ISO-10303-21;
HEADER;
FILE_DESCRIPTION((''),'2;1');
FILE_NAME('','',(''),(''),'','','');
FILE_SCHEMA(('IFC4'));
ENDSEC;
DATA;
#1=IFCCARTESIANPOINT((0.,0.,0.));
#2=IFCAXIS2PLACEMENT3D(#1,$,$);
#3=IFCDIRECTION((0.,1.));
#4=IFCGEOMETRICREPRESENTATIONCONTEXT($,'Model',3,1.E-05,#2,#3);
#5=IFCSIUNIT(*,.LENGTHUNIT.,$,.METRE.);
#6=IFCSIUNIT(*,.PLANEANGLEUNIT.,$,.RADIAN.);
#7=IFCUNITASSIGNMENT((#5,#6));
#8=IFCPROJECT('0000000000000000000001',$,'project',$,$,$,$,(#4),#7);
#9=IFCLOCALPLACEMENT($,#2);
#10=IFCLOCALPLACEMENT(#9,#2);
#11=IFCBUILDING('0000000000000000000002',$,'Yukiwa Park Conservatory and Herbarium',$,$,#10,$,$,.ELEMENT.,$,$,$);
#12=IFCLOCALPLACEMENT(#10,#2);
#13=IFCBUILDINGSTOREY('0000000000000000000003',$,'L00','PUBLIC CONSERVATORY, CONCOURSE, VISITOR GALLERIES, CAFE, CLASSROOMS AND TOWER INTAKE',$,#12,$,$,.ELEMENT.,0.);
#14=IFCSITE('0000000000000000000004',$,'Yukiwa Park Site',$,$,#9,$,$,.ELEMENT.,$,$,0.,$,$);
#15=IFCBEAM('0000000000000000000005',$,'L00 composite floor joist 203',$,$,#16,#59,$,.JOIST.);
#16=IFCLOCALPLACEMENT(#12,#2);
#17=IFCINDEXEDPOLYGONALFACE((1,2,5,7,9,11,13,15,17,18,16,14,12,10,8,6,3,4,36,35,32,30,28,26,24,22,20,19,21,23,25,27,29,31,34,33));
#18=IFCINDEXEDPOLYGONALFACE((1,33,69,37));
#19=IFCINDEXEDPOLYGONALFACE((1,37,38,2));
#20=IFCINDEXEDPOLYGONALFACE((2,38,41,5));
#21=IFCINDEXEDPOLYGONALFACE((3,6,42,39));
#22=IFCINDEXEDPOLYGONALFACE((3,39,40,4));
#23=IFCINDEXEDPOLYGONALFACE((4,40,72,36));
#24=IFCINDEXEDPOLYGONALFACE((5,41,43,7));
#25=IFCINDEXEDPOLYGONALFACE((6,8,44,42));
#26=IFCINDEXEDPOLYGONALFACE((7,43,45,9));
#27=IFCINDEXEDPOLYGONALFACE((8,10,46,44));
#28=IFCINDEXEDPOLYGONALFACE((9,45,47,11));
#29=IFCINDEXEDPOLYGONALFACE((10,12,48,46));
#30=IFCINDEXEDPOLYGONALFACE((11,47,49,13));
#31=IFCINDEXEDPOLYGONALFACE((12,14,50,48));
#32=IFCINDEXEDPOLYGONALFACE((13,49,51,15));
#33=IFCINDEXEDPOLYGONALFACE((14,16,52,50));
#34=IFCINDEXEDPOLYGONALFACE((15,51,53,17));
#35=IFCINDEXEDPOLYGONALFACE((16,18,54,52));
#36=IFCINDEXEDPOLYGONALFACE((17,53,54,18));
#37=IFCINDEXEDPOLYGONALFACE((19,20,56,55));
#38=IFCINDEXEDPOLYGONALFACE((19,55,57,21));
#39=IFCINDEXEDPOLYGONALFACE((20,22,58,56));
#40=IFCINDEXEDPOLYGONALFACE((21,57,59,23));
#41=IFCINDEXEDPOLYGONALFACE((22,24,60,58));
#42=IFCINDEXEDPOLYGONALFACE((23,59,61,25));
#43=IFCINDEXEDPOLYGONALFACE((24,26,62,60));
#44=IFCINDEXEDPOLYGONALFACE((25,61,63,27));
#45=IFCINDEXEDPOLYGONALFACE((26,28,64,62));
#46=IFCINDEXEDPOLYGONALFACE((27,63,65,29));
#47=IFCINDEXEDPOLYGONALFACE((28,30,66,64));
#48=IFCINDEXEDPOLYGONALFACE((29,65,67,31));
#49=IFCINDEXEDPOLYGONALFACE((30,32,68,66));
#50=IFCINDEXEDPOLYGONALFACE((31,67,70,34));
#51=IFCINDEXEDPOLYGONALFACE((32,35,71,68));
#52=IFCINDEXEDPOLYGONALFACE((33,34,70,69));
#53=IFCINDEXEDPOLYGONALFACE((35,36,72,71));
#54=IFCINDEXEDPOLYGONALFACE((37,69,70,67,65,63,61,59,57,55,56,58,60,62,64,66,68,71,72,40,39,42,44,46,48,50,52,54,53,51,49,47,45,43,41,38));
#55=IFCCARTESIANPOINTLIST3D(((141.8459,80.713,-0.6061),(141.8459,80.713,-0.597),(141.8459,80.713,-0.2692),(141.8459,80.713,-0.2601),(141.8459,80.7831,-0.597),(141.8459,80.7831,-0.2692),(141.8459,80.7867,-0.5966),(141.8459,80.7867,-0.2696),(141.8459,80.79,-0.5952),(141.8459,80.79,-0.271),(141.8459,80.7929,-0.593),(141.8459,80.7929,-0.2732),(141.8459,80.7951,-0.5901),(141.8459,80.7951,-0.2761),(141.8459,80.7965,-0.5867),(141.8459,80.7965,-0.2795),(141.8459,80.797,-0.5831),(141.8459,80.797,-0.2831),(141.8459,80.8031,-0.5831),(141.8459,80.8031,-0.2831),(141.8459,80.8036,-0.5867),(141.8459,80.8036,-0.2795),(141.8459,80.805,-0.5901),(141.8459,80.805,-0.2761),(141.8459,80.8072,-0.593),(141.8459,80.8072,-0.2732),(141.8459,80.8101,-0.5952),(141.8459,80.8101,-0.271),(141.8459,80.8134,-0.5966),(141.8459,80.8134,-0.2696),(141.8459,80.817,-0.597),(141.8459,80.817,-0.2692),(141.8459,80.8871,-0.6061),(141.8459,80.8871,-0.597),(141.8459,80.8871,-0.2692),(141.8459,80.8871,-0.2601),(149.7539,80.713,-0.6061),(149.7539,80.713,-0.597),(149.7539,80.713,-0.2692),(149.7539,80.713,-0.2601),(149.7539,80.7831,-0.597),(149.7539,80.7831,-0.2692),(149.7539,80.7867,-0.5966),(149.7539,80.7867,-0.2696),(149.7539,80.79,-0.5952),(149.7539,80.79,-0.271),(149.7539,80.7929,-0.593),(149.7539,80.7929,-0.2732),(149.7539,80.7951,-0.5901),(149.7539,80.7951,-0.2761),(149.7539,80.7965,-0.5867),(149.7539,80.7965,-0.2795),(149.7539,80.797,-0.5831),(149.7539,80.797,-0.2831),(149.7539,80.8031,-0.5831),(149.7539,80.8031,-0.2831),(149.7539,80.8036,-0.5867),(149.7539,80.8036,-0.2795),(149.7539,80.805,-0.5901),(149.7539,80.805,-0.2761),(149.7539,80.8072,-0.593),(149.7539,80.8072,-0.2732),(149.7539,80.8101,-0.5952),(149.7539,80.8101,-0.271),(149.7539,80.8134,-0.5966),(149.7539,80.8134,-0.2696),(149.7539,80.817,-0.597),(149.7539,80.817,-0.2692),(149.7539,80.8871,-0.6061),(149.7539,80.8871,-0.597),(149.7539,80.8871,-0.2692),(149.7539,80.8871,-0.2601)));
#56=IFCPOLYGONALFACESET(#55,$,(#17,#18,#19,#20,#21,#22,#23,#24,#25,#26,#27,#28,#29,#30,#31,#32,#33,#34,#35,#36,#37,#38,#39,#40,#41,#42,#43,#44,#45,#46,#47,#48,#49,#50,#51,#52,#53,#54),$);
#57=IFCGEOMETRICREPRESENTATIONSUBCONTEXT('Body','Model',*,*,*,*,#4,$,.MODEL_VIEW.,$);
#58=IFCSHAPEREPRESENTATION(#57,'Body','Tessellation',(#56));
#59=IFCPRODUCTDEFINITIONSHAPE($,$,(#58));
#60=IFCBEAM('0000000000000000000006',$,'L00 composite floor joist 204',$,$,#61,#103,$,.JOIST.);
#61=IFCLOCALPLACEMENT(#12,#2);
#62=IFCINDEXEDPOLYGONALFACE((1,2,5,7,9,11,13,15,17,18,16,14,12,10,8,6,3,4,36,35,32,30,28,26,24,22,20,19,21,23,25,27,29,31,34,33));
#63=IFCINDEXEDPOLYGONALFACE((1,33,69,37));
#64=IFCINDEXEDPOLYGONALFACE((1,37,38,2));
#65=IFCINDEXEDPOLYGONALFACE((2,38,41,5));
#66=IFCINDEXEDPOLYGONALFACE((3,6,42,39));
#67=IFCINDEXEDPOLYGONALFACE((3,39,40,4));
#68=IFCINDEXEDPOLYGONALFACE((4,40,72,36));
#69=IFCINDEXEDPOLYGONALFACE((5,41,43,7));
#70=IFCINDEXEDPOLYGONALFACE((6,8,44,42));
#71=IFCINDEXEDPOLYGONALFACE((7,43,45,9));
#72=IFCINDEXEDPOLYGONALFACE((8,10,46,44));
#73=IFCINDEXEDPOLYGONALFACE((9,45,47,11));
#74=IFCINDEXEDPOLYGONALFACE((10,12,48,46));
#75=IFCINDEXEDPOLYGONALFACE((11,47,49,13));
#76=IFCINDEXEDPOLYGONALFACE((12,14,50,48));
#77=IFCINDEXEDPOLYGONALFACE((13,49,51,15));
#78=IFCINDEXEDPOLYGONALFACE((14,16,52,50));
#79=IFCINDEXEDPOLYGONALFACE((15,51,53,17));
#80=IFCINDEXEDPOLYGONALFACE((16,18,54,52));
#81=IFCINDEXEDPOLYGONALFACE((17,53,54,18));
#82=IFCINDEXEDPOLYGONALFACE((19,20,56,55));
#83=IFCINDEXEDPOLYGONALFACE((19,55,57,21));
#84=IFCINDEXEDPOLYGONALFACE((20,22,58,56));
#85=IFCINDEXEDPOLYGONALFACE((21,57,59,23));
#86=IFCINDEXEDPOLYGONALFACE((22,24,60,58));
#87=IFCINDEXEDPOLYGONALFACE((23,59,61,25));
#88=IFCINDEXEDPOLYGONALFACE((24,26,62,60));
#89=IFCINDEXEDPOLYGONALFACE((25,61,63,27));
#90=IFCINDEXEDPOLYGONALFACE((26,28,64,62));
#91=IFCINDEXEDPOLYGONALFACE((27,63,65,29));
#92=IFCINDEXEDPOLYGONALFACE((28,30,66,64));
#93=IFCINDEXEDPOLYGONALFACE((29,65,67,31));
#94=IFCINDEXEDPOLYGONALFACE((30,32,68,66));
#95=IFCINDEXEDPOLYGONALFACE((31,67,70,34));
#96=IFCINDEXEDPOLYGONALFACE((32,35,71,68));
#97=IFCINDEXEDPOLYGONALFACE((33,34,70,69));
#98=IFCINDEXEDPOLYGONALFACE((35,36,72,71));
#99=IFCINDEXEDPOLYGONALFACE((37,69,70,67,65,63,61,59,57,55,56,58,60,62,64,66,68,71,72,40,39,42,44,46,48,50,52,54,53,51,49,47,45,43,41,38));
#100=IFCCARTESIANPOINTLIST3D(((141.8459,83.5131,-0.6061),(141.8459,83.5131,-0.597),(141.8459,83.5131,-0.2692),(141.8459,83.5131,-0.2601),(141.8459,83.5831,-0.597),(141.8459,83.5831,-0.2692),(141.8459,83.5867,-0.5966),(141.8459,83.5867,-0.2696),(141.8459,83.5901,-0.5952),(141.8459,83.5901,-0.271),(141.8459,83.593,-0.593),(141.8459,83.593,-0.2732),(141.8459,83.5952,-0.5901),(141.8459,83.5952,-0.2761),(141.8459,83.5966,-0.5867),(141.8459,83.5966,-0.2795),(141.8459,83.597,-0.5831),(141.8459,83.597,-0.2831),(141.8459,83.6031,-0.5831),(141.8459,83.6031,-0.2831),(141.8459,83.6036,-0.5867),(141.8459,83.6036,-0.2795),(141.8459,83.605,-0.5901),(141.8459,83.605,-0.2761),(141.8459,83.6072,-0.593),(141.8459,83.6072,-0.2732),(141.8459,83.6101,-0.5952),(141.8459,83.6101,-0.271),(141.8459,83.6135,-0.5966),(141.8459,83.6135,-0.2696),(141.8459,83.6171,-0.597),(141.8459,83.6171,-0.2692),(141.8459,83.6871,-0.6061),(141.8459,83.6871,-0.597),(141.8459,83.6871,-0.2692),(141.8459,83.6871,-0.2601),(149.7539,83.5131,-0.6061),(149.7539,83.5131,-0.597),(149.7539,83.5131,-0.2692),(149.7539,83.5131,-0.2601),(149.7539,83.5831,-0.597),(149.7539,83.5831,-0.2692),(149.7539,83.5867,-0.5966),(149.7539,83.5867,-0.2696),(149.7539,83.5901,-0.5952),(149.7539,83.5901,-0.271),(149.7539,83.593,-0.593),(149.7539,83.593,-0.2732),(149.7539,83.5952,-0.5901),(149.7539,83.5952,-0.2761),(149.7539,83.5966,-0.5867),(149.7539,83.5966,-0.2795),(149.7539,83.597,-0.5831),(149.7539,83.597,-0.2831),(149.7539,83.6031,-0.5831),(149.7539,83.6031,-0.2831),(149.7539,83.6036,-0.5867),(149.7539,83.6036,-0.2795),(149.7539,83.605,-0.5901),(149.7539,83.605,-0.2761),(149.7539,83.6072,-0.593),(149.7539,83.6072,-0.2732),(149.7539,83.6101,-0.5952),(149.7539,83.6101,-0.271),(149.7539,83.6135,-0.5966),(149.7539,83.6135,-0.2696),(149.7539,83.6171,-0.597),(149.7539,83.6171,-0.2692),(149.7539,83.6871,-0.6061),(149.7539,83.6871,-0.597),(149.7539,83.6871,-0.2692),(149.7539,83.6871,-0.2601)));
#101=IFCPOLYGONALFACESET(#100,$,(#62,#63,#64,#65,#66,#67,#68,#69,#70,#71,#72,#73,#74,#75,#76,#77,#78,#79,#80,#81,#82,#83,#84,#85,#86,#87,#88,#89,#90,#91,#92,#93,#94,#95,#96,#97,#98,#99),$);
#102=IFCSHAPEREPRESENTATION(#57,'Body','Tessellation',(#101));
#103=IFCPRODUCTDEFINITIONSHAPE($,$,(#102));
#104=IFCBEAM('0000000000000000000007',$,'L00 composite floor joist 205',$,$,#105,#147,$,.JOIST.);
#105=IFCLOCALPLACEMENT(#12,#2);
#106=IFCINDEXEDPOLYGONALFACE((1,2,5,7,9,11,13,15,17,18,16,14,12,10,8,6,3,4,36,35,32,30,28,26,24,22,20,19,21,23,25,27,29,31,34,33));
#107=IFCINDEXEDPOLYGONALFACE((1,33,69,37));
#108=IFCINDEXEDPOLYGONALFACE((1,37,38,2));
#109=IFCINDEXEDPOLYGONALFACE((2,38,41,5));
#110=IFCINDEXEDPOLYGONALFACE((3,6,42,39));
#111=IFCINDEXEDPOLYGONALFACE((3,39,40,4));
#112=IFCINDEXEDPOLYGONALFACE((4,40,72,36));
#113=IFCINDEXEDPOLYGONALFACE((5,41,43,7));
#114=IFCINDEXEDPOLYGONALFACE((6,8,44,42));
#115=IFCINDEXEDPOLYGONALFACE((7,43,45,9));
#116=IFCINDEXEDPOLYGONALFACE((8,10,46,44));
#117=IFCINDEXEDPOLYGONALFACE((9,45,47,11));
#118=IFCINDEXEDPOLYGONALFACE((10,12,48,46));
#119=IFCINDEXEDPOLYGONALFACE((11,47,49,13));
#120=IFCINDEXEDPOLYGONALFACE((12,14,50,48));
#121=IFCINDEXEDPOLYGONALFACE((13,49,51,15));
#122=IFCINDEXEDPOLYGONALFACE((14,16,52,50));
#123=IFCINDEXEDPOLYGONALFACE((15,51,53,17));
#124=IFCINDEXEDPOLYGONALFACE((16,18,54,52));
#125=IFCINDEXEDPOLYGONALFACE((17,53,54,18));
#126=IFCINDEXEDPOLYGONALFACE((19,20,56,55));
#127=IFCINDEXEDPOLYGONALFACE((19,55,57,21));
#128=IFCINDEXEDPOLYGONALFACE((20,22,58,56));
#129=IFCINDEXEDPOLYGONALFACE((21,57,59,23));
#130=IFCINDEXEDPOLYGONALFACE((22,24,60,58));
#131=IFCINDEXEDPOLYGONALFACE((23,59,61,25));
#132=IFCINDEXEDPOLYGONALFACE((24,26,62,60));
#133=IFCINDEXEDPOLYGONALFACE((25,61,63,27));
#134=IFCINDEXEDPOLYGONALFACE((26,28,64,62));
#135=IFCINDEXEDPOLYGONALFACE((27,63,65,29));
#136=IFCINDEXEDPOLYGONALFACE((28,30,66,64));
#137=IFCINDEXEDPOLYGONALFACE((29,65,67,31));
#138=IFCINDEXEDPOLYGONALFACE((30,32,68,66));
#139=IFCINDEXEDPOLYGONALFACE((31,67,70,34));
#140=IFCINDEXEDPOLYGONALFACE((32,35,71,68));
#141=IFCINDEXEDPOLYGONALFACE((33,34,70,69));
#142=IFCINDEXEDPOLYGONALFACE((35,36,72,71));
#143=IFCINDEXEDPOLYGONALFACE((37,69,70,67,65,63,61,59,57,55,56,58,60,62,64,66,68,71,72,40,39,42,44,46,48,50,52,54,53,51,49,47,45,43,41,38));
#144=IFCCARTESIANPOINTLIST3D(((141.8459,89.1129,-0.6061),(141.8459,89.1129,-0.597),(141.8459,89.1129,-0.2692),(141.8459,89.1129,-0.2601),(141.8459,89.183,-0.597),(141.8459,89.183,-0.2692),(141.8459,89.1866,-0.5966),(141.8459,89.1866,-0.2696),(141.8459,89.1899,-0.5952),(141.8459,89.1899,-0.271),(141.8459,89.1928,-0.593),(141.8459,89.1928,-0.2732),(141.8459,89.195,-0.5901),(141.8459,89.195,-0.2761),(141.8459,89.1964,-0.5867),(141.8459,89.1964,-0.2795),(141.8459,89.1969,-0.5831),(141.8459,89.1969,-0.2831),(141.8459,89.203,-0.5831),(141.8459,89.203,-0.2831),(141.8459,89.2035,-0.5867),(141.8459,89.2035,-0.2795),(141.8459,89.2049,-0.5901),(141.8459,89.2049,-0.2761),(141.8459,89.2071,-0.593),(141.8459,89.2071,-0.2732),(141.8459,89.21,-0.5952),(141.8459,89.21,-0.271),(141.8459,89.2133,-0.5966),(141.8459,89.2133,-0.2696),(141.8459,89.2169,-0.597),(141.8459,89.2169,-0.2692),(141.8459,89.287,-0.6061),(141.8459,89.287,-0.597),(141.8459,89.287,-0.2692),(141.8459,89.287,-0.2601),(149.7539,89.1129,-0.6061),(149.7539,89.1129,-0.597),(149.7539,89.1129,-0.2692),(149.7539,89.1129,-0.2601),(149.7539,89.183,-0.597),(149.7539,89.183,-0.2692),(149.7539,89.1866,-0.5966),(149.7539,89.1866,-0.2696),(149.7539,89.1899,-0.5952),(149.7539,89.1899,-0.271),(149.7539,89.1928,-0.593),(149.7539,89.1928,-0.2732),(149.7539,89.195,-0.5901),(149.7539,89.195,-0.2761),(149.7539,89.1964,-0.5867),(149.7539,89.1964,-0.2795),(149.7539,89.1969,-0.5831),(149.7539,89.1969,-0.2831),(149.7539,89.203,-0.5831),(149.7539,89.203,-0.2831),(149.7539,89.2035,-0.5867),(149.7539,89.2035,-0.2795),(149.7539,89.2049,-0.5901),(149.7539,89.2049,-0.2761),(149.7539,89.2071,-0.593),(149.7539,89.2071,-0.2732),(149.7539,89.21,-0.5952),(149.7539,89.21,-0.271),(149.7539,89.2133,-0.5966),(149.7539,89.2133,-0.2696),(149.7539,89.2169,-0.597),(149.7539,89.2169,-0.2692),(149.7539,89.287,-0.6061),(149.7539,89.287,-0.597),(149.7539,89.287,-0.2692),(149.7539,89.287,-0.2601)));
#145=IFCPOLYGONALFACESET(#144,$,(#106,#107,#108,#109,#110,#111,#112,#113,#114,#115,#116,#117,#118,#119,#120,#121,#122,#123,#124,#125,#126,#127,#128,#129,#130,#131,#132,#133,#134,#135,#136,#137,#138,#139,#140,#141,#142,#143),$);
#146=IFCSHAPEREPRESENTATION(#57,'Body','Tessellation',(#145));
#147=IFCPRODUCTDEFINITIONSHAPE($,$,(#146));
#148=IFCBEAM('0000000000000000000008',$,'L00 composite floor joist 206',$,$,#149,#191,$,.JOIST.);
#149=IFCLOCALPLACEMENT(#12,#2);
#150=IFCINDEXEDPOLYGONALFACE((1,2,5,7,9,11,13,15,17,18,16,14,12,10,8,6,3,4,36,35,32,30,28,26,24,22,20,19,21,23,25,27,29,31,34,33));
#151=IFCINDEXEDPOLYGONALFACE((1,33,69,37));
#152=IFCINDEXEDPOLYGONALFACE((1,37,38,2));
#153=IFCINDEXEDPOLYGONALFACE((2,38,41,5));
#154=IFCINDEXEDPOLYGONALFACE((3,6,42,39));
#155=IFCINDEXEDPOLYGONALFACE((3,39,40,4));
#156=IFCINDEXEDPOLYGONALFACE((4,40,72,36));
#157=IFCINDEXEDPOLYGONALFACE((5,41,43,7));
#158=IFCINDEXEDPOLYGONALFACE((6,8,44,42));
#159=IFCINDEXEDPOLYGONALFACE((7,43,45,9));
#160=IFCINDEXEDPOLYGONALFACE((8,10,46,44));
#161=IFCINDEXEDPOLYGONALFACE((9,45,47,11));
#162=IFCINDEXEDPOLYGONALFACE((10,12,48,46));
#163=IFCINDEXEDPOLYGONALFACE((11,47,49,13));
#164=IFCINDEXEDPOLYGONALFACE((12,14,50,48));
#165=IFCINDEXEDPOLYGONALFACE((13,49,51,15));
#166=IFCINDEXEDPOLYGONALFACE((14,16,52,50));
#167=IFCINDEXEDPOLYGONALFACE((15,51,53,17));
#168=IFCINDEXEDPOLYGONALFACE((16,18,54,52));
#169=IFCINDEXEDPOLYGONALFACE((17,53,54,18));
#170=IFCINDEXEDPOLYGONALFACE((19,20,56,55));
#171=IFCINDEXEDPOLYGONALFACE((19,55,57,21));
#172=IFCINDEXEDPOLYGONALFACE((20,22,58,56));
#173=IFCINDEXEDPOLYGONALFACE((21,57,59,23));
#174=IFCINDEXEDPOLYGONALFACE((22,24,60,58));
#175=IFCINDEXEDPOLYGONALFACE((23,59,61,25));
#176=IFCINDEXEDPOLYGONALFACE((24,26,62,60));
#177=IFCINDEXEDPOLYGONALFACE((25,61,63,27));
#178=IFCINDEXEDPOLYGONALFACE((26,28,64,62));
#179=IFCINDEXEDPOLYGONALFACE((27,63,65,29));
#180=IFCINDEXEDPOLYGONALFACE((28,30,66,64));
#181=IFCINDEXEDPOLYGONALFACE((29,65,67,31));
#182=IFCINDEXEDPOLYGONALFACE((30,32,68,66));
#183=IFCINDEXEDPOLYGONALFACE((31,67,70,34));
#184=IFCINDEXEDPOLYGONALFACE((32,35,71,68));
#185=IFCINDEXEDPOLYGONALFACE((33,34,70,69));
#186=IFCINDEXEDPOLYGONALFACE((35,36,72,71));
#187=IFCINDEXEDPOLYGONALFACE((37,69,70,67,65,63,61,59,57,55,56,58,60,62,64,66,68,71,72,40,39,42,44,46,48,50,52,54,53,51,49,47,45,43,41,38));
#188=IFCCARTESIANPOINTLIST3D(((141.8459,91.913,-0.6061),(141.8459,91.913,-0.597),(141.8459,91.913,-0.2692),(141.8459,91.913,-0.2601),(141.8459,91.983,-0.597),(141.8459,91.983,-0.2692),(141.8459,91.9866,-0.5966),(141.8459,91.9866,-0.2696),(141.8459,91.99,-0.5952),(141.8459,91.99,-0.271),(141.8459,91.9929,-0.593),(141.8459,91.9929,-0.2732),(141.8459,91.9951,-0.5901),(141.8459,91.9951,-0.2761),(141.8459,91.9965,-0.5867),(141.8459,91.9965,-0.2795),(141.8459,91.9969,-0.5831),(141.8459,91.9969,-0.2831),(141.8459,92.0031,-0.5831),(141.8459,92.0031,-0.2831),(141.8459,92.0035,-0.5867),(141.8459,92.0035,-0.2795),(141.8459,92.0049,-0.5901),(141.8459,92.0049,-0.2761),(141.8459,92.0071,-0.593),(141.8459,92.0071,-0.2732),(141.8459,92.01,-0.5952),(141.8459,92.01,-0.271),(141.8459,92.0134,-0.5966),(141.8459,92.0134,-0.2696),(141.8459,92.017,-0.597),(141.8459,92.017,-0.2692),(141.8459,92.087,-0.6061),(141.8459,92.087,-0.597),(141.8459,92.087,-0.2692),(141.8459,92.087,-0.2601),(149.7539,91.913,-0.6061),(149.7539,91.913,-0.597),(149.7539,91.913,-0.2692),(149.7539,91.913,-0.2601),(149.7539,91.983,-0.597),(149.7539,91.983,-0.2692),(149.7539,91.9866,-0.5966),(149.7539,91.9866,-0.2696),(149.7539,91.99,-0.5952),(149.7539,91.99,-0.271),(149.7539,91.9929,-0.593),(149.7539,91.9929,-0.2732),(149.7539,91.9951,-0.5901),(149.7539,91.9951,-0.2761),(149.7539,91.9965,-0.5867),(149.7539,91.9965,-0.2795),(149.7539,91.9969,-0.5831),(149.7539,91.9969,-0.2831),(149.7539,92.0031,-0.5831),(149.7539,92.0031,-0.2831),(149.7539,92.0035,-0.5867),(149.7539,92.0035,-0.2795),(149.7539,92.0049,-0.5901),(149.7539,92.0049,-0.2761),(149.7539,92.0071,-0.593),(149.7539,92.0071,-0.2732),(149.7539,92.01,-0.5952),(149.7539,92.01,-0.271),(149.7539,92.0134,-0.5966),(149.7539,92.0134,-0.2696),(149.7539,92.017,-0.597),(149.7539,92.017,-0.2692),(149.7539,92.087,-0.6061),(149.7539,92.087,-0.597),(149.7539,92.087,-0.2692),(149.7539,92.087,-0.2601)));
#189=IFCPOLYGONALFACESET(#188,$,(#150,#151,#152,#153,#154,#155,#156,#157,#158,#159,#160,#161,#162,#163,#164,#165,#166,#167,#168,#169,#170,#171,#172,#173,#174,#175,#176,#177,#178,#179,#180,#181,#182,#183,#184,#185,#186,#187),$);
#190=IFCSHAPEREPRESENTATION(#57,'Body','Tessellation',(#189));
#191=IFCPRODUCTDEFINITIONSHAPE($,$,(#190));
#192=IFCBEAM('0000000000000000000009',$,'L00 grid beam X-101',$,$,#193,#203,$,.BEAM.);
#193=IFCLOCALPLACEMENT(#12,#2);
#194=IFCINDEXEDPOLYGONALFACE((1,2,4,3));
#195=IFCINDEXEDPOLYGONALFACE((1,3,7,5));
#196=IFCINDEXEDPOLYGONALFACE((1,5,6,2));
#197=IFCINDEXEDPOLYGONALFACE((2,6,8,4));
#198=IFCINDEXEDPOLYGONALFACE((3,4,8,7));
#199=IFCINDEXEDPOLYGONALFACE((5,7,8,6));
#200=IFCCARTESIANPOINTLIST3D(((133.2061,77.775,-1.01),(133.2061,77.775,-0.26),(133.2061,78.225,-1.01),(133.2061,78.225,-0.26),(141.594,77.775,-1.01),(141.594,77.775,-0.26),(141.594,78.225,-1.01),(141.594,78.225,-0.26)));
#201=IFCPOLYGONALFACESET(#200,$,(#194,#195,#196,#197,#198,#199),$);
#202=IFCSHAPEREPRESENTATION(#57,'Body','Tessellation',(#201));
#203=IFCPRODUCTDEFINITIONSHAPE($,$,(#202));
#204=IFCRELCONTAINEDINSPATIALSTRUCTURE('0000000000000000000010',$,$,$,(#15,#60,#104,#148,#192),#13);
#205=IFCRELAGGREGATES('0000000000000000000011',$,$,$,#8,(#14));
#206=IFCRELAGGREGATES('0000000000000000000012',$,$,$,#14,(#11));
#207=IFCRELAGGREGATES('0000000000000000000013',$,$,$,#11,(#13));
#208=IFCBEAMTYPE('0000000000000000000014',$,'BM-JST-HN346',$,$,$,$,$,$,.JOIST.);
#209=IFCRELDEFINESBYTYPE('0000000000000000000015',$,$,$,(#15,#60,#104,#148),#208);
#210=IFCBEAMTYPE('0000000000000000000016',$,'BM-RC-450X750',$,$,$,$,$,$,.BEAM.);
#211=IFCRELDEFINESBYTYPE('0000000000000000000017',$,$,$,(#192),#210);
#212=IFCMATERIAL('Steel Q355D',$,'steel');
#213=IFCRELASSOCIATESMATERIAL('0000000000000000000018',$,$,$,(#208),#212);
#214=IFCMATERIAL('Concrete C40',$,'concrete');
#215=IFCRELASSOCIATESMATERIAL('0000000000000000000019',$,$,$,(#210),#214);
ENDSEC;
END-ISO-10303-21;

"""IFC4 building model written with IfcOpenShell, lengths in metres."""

from ifc_helpers import new_model, si_unit, direction, frame, origin, origin_2d, place, context, subcontext, project, spatial, rectangle, i_section, extrude, material, material_profile, profile_set, type_object, element, save


model = new_model("IFC4")

# Units and contexts
model_context = context("Model", 3, precision=1e-05, world=origin(), true_north=direction((0.0, 1.0)))
body_context = subcontext(model_context, "Body", "Model", "MODEL_VIEW")
ifc_project = project(units=[si_unit("LENGTHUNIT", "METRE"), si_unit("PLANEANGLEUNIT", "RADIAN")], contexts=[model_context])

# Site, building, storey
site_placement = place(None, origin())
site = spatial("IfcSite", under=ifc_project, at=site_placement, Name="Yukiwa Park Site", CompositionType="ELEMENT", RefElevation=0.0)
building_placement = place(site_placement, origin())
building = spatial("IfcBuilding", under=site, at=building_placement, Name="Yukiwa Park Conservatory and Herbarium", CompositionType="ELEMENT")
storey_placement = place(building_placement, origin())
storey = spatial("IfcBuildingStorey", under=building, at=storey_placement, Name="L00", Description="PUBLIC CONSERVATORY, CONCOURSE, VISITOR GALLERIES, CAFE, CLASSROOMS AND TOWER INTAKE", CompositionType="ELEMENT", Elevation=0.0)

# Beams
ifc_material_1 = material(Name="Steel Q355D", Category="steel")
ifc_material_profile_1 = material_profile(ifc_material_1, i_section(OverallWidth=0.1741, OverallDepth=0.3459, WebThickness=0.0061, FlangeThickness=0.009, FilletRadius=0.0139, at=origin_2d()), Name="HN 346x174x6x9")
ifc_profile_set_1 = profile_set([ifc_material_profile_1], Name="Steel Q355D")
beam_type_1 = type_object("IfcBeamType", Name="BM-JST-HN346", PredefinedType="JOIST", material=ifc_profile_set_1)
for number, where, z_axis, x_axis, name in (
    (1, (141.8459, 80.8, -0.4331), (1.0, 0.0, 0.0), (0.0, 1.0, 0.0), "L00 composite floor joist 203"),
    (2, (141.8459, 83.6001, -0.4331), (1.0, 0.0, 0.0), (0.0, 1.0, 0.0), "L00 composite floor joist 204"),
    (3, (141.8459, 89.2, -0.4331), (1.0, 0.0, 0.0), (0.0, 1.0, 0.0), "L00 composite floor joist 205"),
    (4, (141.8459, 92.0, -0.4331), (1.0, 0.0, 0.0), (0.0, 1.0, 0.0), "L00 composite floor joist 206"),
):
    element("IfcBeam", number, at=place(storey_placement, frame(where, z_axis=z_axis, x_axis=x_axis)), inside=storey, type_object=beam_type_1, Name=name, PredefinedType="JOIST", context=body_context, shape_type="SweptSolid", body=[
        extrude(i_section(OverallWidth=0.1741, OverallDepth=0.3459, WebThickness=0.0061, FlangeThickness=0.009, FilletRadius=0.0139, at=origin_2d()), origin(), (0.0, 0.0, 1.0), 7.908),
    ])
ifc_material_2 = material(Name="Concrete C40", Category="concrete")
ifc_material_profile_2 = material_profile(ifc_material_2, rectangle(XDim=0.45, YDim=0.75, at=origin_2d()), Name="RC 450x750")
ifc_profile_set_2 = profile_set([ifc_material_profile_2], Name="Concrete C40")
beam_type_2 = type_object("IfcBeamType", Name="BM-RC-450X750", PredefinedType="BEAM", material=ifc_profile_set_2)
for number, where, z_axis, x_axis, name in (
    (5, (133.2061, 78.0, -0.635), (1.0, 0.0, 0.0), (0.0, 1.0, 0.0), "L00 grid beam X-101"),
):
    element("IfcBeam", number, at=place(storey_placement, frame(where, z_axis=z_axis, x_axis=x_axis)), inside=storey, type_object=beam_type_2, Name=name, PredefinedType="BEAM", context=body_context, shape_type="SweptSolid", body=[
        extrude(rectangle(XDim=0.45, YDim=0.75, at=origin_2d()), origin(), (0.0, 0.0, 1.0), 8.3879),
    ])

save(model, "model.ifc")
